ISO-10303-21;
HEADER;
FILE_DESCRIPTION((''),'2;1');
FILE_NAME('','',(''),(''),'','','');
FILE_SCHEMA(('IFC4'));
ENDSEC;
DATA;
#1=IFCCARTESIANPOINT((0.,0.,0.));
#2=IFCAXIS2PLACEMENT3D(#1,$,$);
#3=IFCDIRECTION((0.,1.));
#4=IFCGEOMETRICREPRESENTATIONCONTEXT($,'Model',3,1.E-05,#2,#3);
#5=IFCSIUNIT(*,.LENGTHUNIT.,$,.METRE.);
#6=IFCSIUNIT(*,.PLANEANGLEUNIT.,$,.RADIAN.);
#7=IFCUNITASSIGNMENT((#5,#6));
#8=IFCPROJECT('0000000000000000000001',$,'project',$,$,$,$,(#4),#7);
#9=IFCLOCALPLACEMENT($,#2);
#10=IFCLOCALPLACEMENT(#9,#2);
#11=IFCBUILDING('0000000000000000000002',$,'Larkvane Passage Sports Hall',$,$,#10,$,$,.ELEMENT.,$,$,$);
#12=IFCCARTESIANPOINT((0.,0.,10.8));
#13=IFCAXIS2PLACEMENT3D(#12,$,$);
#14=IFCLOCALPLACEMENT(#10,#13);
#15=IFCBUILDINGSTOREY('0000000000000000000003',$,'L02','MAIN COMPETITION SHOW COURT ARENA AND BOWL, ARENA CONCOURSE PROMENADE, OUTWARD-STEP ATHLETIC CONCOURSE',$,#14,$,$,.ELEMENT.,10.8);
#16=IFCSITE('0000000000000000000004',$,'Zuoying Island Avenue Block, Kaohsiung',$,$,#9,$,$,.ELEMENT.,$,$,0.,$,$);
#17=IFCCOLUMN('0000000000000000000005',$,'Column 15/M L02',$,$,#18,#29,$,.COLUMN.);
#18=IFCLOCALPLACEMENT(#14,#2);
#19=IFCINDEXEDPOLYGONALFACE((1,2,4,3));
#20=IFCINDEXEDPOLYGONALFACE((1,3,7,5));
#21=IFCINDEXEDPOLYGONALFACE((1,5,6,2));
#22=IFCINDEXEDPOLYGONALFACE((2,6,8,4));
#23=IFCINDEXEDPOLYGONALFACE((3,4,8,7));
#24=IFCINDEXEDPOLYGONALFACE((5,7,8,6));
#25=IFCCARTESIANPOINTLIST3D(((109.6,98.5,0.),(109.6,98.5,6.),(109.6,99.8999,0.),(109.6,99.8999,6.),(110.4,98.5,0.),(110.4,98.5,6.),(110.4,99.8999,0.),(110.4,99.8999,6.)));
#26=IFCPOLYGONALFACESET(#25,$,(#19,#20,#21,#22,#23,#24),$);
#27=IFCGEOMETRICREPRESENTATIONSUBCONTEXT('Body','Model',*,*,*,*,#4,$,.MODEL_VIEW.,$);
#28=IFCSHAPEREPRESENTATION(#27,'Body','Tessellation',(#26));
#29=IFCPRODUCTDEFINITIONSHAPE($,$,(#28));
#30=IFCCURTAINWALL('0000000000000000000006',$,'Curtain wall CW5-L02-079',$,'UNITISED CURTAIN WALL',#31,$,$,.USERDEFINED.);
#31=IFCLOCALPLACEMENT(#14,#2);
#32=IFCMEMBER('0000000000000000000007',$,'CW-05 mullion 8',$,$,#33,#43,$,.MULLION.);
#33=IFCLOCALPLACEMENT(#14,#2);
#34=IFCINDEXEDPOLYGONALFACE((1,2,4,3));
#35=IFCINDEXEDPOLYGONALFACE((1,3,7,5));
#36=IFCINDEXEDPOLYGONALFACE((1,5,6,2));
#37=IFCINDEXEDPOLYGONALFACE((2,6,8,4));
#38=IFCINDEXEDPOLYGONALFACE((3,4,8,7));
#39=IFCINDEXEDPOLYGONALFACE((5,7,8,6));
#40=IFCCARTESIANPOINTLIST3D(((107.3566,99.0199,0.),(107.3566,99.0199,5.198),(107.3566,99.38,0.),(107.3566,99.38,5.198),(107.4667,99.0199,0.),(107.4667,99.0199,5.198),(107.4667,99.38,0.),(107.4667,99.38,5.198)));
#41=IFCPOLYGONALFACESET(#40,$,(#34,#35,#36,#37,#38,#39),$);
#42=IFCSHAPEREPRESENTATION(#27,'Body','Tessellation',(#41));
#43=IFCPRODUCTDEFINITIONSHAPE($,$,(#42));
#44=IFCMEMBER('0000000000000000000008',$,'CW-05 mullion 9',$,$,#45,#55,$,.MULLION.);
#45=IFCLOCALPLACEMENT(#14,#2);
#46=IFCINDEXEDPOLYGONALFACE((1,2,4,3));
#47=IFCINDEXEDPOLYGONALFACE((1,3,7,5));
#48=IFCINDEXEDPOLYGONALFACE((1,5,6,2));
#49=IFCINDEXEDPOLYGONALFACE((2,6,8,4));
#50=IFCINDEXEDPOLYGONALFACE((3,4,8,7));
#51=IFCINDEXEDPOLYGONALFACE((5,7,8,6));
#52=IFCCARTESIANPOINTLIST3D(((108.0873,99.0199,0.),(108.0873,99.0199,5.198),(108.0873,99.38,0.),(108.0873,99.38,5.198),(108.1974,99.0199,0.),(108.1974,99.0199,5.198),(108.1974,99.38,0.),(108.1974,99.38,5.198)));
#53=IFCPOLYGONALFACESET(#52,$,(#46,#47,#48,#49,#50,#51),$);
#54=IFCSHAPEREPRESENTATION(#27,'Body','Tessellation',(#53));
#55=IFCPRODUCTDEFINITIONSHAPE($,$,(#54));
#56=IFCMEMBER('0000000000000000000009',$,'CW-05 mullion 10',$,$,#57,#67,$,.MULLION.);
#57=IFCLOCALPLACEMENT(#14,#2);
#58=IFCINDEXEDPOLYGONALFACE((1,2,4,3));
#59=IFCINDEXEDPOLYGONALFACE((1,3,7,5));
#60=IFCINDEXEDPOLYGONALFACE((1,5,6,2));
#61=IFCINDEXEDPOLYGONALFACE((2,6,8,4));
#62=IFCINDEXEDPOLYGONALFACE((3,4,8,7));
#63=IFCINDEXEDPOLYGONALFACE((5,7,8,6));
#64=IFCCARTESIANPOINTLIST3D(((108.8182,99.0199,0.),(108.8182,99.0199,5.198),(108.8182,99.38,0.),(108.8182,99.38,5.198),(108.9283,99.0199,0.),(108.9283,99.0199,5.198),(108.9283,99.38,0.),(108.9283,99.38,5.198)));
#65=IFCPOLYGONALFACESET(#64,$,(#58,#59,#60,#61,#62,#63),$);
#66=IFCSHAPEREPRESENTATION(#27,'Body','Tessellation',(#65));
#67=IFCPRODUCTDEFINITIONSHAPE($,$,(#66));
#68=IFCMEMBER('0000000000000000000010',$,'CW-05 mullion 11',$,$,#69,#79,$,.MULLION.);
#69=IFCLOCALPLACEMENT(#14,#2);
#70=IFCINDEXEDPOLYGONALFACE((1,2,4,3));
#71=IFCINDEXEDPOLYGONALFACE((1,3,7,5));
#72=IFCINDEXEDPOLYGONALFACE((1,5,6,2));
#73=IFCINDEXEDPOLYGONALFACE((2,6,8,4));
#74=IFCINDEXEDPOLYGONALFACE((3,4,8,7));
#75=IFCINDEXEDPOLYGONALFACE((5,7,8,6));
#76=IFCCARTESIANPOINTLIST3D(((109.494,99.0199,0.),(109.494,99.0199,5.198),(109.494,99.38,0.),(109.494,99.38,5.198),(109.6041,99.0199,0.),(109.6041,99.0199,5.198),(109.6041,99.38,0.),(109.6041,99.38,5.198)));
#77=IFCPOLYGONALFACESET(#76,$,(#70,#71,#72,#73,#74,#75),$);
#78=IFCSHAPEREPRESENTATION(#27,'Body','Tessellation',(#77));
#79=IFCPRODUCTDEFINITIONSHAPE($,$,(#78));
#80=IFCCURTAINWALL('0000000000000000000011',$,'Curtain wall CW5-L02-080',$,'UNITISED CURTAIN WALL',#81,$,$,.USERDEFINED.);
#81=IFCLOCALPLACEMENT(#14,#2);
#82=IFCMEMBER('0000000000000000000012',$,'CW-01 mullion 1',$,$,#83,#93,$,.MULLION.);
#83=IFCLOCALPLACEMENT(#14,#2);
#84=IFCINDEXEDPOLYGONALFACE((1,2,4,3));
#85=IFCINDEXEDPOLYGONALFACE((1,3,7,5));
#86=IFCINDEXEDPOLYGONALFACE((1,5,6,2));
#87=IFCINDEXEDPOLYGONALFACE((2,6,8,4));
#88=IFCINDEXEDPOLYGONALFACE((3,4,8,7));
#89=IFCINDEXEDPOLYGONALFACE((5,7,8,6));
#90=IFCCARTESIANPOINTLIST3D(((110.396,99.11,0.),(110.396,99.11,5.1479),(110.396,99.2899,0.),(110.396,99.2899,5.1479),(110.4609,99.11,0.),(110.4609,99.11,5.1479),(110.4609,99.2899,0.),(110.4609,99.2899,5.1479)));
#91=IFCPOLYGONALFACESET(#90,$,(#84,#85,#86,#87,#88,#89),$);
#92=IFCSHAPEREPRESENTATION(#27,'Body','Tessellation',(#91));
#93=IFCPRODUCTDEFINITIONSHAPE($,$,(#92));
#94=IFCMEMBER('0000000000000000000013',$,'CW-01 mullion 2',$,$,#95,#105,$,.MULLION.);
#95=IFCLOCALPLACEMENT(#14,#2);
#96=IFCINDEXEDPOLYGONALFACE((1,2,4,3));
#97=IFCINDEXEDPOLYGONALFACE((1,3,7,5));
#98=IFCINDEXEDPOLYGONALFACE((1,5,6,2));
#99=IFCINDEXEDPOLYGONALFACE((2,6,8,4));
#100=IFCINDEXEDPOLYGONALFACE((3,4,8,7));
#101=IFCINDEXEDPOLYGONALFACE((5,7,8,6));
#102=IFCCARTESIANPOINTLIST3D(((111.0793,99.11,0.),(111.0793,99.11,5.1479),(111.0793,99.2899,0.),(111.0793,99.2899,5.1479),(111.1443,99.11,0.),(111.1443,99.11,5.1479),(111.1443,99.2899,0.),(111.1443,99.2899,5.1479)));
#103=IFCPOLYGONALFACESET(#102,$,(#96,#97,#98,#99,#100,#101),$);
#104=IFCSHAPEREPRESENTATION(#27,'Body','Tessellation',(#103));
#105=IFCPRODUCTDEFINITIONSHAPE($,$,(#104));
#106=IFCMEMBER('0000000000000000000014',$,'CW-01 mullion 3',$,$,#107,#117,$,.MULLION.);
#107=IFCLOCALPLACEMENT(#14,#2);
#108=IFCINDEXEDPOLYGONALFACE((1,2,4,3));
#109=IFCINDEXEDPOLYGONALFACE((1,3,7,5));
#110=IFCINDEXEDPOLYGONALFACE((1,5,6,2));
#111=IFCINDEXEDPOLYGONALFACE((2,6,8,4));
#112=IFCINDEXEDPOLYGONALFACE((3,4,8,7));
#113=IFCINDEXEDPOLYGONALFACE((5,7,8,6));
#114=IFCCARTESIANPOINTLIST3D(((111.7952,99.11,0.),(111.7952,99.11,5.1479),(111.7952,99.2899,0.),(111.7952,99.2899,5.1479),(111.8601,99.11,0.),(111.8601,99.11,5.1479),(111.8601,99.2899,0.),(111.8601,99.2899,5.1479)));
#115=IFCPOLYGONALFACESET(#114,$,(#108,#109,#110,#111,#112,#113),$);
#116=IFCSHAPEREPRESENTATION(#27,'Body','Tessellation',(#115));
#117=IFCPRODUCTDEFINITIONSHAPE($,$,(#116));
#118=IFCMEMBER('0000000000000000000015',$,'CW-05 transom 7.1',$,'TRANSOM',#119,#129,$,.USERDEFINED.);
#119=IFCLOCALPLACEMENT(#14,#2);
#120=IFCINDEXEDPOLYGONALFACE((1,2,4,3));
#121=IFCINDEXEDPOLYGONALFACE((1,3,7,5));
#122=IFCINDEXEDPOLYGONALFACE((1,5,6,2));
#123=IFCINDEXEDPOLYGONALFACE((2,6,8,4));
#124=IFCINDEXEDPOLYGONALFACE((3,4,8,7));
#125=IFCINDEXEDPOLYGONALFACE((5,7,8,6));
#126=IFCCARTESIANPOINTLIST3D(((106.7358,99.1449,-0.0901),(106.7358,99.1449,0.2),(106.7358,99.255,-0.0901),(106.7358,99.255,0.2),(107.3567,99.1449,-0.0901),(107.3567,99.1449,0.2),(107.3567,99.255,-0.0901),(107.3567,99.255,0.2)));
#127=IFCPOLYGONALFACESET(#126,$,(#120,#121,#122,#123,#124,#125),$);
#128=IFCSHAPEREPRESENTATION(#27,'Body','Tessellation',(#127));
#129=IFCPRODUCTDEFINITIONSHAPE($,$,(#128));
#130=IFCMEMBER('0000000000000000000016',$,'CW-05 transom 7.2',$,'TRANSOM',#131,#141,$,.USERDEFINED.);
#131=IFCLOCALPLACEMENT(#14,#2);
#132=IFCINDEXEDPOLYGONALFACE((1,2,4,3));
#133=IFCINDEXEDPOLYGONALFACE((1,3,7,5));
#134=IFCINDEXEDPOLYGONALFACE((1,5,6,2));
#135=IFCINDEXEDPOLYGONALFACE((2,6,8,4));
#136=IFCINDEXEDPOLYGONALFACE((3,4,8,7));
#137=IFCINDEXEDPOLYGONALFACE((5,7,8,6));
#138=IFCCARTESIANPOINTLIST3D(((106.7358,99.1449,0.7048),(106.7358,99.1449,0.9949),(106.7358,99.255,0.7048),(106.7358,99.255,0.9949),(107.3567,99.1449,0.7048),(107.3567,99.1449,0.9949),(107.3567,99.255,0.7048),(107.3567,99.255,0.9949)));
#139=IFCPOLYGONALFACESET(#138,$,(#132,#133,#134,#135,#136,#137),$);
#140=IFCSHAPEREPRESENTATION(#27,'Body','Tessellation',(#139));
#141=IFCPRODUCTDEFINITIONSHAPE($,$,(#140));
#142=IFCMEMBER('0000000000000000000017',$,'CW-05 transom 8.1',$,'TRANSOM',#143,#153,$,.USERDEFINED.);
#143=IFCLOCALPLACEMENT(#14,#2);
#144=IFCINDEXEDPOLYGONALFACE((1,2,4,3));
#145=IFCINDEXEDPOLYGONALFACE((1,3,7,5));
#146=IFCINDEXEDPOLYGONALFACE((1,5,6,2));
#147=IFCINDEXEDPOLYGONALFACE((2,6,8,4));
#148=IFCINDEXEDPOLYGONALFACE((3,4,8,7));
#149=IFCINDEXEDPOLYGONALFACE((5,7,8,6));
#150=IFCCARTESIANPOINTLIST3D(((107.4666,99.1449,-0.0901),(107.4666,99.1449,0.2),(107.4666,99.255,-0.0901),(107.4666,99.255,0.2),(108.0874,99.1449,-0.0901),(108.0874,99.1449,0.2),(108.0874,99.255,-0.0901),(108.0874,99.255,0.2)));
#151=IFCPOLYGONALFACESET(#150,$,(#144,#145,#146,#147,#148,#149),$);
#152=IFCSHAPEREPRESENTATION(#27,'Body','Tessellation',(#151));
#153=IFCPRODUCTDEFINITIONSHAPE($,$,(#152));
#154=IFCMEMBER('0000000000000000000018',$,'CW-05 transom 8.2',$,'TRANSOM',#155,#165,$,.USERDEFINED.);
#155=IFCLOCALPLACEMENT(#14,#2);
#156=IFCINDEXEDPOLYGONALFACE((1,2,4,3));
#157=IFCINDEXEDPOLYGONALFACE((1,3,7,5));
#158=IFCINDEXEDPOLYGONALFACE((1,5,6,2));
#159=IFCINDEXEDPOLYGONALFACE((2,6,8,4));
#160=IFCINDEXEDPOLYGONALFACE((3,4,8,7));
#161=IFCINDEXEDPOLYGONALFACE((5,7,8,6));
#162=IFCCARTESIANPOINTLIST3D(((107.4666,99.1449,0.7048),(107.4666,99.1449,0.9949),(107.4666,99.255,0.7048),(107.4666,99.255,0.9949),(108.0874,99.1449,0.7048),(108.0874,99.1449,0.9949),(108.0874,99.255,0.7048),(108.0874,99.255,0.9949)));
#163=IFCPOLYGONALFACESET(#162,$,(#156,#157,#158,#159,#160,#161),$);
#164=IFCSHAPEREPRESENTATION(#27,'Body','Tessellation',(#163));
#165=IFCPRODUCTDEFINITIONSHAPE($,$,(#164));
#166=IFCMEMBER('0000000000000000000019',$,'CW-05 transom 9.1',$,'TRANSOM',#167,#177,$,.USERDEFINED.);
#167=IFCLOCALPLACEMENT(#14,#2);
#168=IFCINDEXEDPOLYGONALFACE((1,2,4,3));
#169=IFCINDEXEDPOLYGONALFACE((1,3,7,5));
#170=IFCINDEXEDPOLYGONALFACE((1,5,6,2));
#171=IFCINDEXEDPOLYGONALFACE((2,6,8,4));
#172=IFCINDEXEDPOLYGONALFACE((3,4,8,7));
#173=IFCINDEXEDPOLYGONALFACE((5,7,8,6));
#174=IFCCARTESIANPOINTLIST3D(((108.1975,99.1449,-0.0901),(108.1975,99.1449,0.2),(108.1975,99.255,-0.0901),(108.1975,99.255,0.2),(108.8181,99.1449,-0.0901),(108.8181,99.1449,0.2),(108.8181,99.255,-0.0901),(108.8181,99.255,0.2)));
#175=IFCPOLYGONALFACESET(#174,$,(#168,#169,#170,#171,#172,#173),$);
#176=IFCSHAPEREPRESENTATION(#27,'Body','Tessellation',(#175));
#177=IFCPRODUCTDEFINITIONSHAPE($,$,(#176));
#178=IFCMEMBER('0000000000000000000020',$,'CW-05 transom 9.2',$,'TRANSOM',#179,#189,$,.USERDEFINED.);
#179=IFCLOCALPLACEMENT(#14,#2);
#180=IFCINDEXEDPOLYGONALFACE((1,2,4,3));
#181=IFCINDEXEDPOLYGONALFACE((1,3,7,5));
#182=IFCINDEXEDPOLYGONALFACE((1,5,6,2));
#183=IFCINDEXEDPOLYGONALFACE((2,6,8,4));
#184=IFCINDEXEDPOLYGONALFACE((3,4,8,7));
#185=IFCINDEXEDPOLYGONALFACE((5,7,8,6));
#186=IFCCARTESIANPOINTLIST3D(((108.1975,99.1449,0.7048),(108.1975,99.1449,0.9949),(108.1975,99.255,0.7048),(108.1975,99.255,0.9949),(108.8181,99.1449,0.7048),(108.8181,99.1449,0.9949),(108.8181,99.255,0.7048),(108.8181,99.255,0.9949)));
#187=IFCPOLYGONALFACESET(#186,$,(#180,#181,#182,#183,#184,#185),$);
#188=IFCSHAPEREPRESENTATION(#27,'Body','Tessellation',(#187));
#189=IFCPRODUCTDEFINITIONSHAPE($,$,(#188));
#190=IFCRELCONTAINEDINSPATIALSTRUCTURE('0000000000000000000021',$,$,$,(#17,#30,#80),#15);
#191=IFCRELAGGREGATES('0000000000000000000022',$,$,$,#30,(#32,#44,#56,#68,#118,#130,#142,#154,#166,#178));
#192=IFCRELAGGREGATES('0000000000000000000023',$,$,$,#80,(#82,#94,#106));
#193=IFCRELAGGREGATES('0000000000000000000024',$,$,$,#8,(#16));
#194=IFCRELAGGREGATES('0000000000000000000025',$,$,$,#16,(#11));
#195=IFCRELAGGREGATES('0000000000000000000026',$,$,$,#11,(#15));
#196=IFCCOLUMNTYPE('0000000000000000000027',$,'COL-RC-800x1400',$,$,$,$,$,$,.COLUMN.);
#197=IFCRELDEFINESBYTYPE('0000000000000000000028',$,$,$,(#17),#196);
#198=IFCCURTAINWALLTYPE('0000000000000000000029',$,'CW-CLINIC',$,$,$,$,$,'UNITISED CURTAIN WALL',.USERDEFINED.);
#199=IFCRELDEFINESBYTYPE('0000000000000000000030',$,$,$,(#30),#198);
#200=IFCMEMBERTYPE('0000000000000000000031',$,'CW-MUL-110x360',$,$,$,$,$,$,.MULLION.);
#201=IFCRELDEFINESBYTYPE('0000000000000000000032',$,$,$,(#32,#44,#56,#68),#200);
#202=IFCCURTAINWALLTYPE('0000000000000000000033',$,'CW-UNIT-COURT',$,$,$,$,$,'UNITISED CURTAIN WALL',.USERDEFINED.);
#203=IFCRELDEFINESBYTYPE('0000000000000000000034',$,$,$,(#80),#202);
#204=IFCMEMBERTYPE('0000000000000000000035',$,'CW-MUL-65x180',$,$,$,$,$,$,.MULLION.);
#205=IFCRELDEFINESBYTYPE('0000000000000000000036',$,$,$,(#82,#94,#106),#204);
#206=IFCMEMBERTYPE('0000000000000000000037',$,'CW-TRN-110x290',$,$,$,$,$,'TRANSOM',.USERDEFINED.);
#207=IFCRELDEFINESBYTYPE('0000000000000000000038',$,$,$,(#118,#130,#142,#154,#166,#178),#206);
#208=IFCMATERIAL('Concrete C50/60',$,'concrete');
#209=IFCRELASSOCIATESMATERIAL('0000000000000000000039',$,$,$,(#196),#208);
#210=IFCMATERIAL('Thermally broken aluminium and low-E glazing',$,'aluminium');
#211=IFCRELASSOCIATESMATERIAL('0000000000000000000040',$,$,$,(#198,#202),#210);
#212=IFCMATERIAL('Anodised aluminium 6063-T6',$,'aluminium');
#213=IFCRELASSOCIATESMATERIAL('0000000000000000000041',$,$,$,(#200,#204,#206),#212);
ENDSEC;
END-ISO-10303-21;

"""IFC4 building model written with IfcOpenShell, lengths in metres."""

from ifc_helpers import new_model, si_unit, direction, frame, origin, origin_2d, place, context, subcontext, project, spatial, rectangle, extrude, material, material_profile, profile_set, type_object, element, aggregate, save


model = new_model("IFC4")

# Units and contexts
model_context = context("Model", 3, precision=1e-05, world=origin(), true_north=direction((0.0, 1.0)))
body_context = subcontext(model_context, "Body", "Model", "MODEL_VIEW")
ifc_project = project(units=[si_unit("LENGTHUNIT", "METRE"), si_unit("PLANEANGLEUNIT", "RADIAN")], contexts=[model_context])

# Site, building, storey
site_placement = place(None, origin())
site = spatial("IfcSite", under=ifc_project, at=site_placement, Name="Zuoying Island Avenue Block, Kaohsiung", CompositionType="ELEMENT", RefElevation=0.0)
building_placement = place(site_placement, origin())
building = spatial("IfcBuilding", under=site, at=building_placement, Name="Larkvane Passage Sports Hall", CompositionType="ELEMENT")
storey_placement = place(building_placement, frame((0.0, 0.0, 10.8)))
storey = spatial("IfcBuildingStorey", under=building, at=storey_placement, Name="L02", Description="MAIN COMPETITION SHOW COURT ARENA AND BOWL, ARENA CONCOURSE PROMENADE, OUTWARD-STEP ATHLETIC CONCOURSE", CompositionType="ELEMENT", Elevation=10.8)

# Column
ifc_material_1 = material(Name="Concrete C50/60", Category="concrete")
ifc_material_profile_1 = material_profile(ifc_material_1, rectangle(XDim=0.8, YDim=1.3999, at=origin_2d()), Name="RC-COL-800x1400")
ifc_profile_set_1 = profile_set([ifc_material_profile_1], Name="Concrete C50/60")
column_type = type_object("IfcColumnType", Name="COL-RC-800x1400", PredefinedType="COLUMN", material=ifc_profile_set_1)
column_placement = place(storey_placement, frame((110.0, 99.2, 0.0), z_axis=(0.0, 0.0, 1.0), x_axis=(1.0, 0.0, 0.0)))
element("IfcColumn", 1, at=column_placement, inside=storey, type_object=column_type, Name="Column 15/M L02", PredefinedType="COLUMN", context=body_context, shape_type="SweptSolid", body=[
    extrude(rectangle(XDim=0.8, YDim=1.3999, at=origin_2d()), origin(), (0.0, 0.0, 1.0), 6.0),
])

# Curtain walls, members
ifc_material_2 = material(Name="Thermally broken aluminium and low-E glazing", Category="aluminium")
curtain_wall_type_1 = type_object("IfcCurtainWallType", Name="CW-CLINIC", ElementType="UNITISED CURTAIN WALL", PredefinedType="USERDEFINED", material=ifc_material_2)
curtain_wall_1_placement = place(storey_placement, origin())
curtain_wall_1 = element("IfcCurtainWall", 2, at=curtain_wall_1_placement, inside=storey, type_object=curtain_wall_type_1, Name="Curtain wall CW5-L02-079", ObjectType="UNITISED CURTAIN WALL", PredefinedType="USERDEFINED")
ifc_material_3 = material(Name="Anodised aluminium 6063-T6", Category="aluminium")
ifc_material_profile_2 = material_profile(ifc_material_3, rectangle(XDim=0.1101, YDim=0.3601, at=origin_2d()), Name="ALU-MUL-110x360")
ifc_profile_set_2 = profile_set([ifc_material_profile_2], Name="Anodised aluminium 6063-T6")
member_type_1 = type_object("IfcMemberType", Name="CW-MUL-110x360", PredefinedType="MULLION", material=ifc_profile_set_2)
member_1_placement = place(storey_placement, frame((107.4116, 99.2, 0.0), z_axis=(0.0, 0.0, 1.0), x_axis=(1.0, 0.0, 0.0)))
member_1 = element("IfcMember", 3, at=member_1_placement, type_object=member_type_1, Name="CW-05 mullion 8", PredefinedType="MULLION", context=body_context, shape_type="SweptSolid", body=[
    extrude(rectangle(XDim=0.1101, YDim=0.3601, at=origin_2d()), origin(), (0.0, 0.0, 1.0), 5.198),
])
member_2_placement = place(storey_placement, frame((108.1423, 99.2, 0.0), z_axis=(0.0, 0.0, 1.0), x_axis=(1.0, 0.0, 0.0)))
member_2 = element("IfcMember", 4, at=member_2_placement, type_object=member_type_1, Name="CW-05 mullion 9", PredefinedType="MULLION", context=body_context, shape_type="SweptSolid", body=[
    extrude(rectangle(XDim=0.1101, YDim=0.3601, at=origin_2d()), origin(), (0.0, 0.0, 1.0), 5.198),
])
member_3_placement = place(storey_placement, frame((108.8733, 99.2, 0.0), z_axis=(0.0, 0.0, 1.0), x_axis=(1.0, 0.0, 0.0)))
member_3 = element("IfcMember", 5, at=member_3_placement, type_object=member_type_1, Name="CW-05 mullion 10", PredefinedType="MULLION", context=body_context, shape_type="SweptSolid", body=[
    extrude(rectangle(XDim=0.1101, YDim=0.3601, at=origin_2d()), origin(), (0.0, 0.0, 1.0), 5.198),
])
member_4_placement = place(storey_placement, frame((109.5491, 99.2, 0.0), z_axis=(0.0, 0.0, 1.0), x_axis=(1.0, 0.0, 0.0)))
member_4 = element("IfcMember", 6, at=member_4_placement, type_object=member_type_1, Name="CW-05 mullion 11", PredefinedType="MULLION", context=body_context, shape_type="SweptSolid", body=[
    extrude(rectangle(XDim=0.1101, YDim=0.3601, at=origin_2d()), origin(), (0.0, 0.0, 1.0), 5.198),
])
curtain_wall_type_2 = type_object("IfcCurtainWallType", Name="CW-UNIT-COURT", ElementType="UNITISED CURTAIN WALL", PredefinedType="USERDEFINED", material=ifc_material_2)
curtain_wall_2_placement = place(storey_placement, origin())
curtain_wall_2 = element("IfcCurtainWall", 7, at=curtain_wall_2_placement, inside=storey, type_object=curtain_wall_type_2, Name="Curtain wall CW5-L02-080", ObjectType="UNITISED CURTAIN WALL", PredefinedType="USERDEFINED")
ifc_material_profile_3 = material_profile(ifc_material_3, rectangle(XDim=0.0649, YDim=0.1799, at=origin_2d()), Name="ALU-MUL-65x180")
ifc_profile_set_3 = profile_set([ifc_material_profile_3], Name="Anodised aluminium 6063-T6")
member_type_2 = type_object("IfcMemberType", Name="CW-MUL-65x180", PredefinedType="MULLION", material=ifc_profile_set_3)
member_5_placement = place(storey_placement, frame((110.4285, 99.2, 0.0), z_axis=(0.0, 0.0, 1.0), x_axis=(1.0, 0.0, 0.0)))
member_5 = element("IfcMember", 8, at=member_5_placement, type_object=member_type_2, Name="CW-01 mullion 1", PredefinedType="MULLION", context=body_context, shape_type="SweptSolid", body=[
    extrude(rectangle(XDim=0.0649, YDim=0.1799, at=origin_2d()), origin(), (0.0, 0.0, 1.0), 5.1479),
])
member_6_placement = place(storey_placement, frame((111.1118, 99.2, 0.0), z_axis=(0.0, 0.0, 1.0), x_axis=(1.0, 0.0, 0.0)))
member_6 = element("IfcMember", 9, at=member_6_placement, type_object=member_type_2, Name="CW-01 mullion 2", PredefinedType="MULLION", context=body_context, shape_type="SweptSolid", body=[
    extrude(rectangle(XDim=0.0649, YDim=0.1799, at=origin_2d()), origin(), (0.0, 0.0, 1.0), 5.1479),
])
member_7_placement = place(storey_placement, frame((111.8276, 99.2, 0.0), z_axis=(0.0, 0.0, 1.0), x_axis=(1.0, 0.0, 0.0)))
member_7 = element("IfcMember", 10, at=member_7_placement, type_object=member_type_2, Name="CW-01 mullion 3", PredefinedType="MULLION", context=body_context, shape_type="SweptSolid", body=[
    extrude(rectangle(XDim=0.0649, YDim=0.1799, at=origin_2d()), origin(), (0.0, 0.0, 1.0), 5.1479),
])

# Members
ifc_material_profile_4 = material_profile(ifc_material_3, rectangle(XDim=0.1101, YDim=0.29, at=origin_2d()), Name="ALU-TRN-110x290")
ifc_profile_set_4 = profile_set([ifc_material_profile_4], Name="Anodised aluminium 6063-T6")
member_type_3 = type_object("IfcMemberType", Name="CW-TRN-110x290", ElementType="TRANSOM", PredefinedType="USERDEFINED", material=ifc_profile_set_4)
member_8_placement = place(storey_placement, frame((106.7358, 99.2, 0.0549), z_axis=(1.0, 0.0, 0.0), x_axis=(0.0, 1.0, 0.0)))
member_8 = element("IfcMember", 11, at=member_8_placement, type_object=member_type_3, Name="CW-05 transom 7.1", ObjectType="TRANSOM", PredefinedType="USERDEFINED", context=body_context, shape_type="SweptSolid", body=[
    extrude(rectangle(XDim=0.1101, YDim=0.29, at=origin_2d()), origin(), (0.0, 0.0, 1.0), 0.6208),
])
member_9_placement = place(storey_placement, frame((106.7358, 99.2, 0.8499), z_axis=(1.0, 0.0, 0.0), x_axis=(0.0, 1.0, 0.0)))
member_9 = element("IfcMember", 12, at=member_9_placement, type_object=member_type_3, Name="CW-05 transom 7.2", ObjectType="TRANSOM", PredefinedType="USERDEFINED", context=body_context, shape_type="SweptSolid", body=[
    extrude(rectangle(XDim=0.1101, YDim=0.29, at=origin_2d()), origin(), (0.0, 0.0, 1.0), 0.6208),
])
member_10_placement = place(storey_placement, frame((107.4666, 99.2, 0.0549), z_axis=(1.0, 0.0, 0.0), x_axis=(0.0, 1.0, 0.0)))
member_10 = element("IfcMember", 13, at=member_10_placement, type_object=member_type_3, Name="CW-05 transom 8.1", ObjectType="TRANSOM", PredefinedType="USERDEFINED", context=body_context, shape_type="SweptSolid", body=[
    extrude(rectangle(XDim=0.1101, YDim=0.29, at=origin_2d()), origin(), (0.0, 0.0, 1.0), 0.6208),
])
member_11_placement = place(storey_placement, frame((107.4666, 99.2, 0.8499), z_axis=(1.0, 0.0, 0.0), x_axis=(0.0, 1.0, 0.0)))
member_11 = element("IfcMember", 14, at=member_11_placement, type_object=member_type_3, Name="CW-05 transom 8.2", ObjectType="TRANSOM", PredefinedType="USERDEFINED", context=body_context, shape_type="SweptSolid", body=[
    extrude(rectangle(XDim=0.1101, YDim=0.29, at=origin_2d()), origin(), (0.0, 0.0, 1.0), 0.6208),
])
member_12_placement = place(storey_placement, frame((108.1975, 99.2, 0.0549), z_axis=(1.0, 0.0, 0.0), x_axis=(0.0, 1.0, 0.0)))
member_12 = element("IfcMember", 15, at=member_12_placement, type_object=member_type_3, Name="CW-05 transom 9.1", ObjectType="TRANSOM", PredefinedType="USERDEFINED", context=body_context, shape_type="SweptSolid", body=[
    extrude(rectangle(XDim=0.1101, YDim=0.29, at=origin_2d()), origin(), (0.0, 0.0, 1.0), 0.6206),
])
member_13_placement = place(storey_placement, frame((108.1975, 99.2, 0.8499), z_axis=(1.0, 0.0, 0.0), x_axis=(0.0, 1.0, 0.0)))
member_13 = element("IfcMember", 16, at=member_13_placement, type_object=member_type_3, Name="CW-05 transom 9.2", ObjectType="TRANSOM", PredefinedType="USERDEFINED", context=body_context, shape_type="SweptSolid", body=[
    extrude(rectangle(XDim=0.1101, YDim=0.29, at=origin_2d()), origin(), (0.0, 0.0, 1.0), 0.6206),
])

aggregate(curtain_wall_1, [member_1, member_2, member_3, member_4, member_8, member_9, member_10, member_11, member_12, member_13])
aggregate(curtain_wall_2, [member_5, member_6, member_7])

save(model, "model.ifc")
